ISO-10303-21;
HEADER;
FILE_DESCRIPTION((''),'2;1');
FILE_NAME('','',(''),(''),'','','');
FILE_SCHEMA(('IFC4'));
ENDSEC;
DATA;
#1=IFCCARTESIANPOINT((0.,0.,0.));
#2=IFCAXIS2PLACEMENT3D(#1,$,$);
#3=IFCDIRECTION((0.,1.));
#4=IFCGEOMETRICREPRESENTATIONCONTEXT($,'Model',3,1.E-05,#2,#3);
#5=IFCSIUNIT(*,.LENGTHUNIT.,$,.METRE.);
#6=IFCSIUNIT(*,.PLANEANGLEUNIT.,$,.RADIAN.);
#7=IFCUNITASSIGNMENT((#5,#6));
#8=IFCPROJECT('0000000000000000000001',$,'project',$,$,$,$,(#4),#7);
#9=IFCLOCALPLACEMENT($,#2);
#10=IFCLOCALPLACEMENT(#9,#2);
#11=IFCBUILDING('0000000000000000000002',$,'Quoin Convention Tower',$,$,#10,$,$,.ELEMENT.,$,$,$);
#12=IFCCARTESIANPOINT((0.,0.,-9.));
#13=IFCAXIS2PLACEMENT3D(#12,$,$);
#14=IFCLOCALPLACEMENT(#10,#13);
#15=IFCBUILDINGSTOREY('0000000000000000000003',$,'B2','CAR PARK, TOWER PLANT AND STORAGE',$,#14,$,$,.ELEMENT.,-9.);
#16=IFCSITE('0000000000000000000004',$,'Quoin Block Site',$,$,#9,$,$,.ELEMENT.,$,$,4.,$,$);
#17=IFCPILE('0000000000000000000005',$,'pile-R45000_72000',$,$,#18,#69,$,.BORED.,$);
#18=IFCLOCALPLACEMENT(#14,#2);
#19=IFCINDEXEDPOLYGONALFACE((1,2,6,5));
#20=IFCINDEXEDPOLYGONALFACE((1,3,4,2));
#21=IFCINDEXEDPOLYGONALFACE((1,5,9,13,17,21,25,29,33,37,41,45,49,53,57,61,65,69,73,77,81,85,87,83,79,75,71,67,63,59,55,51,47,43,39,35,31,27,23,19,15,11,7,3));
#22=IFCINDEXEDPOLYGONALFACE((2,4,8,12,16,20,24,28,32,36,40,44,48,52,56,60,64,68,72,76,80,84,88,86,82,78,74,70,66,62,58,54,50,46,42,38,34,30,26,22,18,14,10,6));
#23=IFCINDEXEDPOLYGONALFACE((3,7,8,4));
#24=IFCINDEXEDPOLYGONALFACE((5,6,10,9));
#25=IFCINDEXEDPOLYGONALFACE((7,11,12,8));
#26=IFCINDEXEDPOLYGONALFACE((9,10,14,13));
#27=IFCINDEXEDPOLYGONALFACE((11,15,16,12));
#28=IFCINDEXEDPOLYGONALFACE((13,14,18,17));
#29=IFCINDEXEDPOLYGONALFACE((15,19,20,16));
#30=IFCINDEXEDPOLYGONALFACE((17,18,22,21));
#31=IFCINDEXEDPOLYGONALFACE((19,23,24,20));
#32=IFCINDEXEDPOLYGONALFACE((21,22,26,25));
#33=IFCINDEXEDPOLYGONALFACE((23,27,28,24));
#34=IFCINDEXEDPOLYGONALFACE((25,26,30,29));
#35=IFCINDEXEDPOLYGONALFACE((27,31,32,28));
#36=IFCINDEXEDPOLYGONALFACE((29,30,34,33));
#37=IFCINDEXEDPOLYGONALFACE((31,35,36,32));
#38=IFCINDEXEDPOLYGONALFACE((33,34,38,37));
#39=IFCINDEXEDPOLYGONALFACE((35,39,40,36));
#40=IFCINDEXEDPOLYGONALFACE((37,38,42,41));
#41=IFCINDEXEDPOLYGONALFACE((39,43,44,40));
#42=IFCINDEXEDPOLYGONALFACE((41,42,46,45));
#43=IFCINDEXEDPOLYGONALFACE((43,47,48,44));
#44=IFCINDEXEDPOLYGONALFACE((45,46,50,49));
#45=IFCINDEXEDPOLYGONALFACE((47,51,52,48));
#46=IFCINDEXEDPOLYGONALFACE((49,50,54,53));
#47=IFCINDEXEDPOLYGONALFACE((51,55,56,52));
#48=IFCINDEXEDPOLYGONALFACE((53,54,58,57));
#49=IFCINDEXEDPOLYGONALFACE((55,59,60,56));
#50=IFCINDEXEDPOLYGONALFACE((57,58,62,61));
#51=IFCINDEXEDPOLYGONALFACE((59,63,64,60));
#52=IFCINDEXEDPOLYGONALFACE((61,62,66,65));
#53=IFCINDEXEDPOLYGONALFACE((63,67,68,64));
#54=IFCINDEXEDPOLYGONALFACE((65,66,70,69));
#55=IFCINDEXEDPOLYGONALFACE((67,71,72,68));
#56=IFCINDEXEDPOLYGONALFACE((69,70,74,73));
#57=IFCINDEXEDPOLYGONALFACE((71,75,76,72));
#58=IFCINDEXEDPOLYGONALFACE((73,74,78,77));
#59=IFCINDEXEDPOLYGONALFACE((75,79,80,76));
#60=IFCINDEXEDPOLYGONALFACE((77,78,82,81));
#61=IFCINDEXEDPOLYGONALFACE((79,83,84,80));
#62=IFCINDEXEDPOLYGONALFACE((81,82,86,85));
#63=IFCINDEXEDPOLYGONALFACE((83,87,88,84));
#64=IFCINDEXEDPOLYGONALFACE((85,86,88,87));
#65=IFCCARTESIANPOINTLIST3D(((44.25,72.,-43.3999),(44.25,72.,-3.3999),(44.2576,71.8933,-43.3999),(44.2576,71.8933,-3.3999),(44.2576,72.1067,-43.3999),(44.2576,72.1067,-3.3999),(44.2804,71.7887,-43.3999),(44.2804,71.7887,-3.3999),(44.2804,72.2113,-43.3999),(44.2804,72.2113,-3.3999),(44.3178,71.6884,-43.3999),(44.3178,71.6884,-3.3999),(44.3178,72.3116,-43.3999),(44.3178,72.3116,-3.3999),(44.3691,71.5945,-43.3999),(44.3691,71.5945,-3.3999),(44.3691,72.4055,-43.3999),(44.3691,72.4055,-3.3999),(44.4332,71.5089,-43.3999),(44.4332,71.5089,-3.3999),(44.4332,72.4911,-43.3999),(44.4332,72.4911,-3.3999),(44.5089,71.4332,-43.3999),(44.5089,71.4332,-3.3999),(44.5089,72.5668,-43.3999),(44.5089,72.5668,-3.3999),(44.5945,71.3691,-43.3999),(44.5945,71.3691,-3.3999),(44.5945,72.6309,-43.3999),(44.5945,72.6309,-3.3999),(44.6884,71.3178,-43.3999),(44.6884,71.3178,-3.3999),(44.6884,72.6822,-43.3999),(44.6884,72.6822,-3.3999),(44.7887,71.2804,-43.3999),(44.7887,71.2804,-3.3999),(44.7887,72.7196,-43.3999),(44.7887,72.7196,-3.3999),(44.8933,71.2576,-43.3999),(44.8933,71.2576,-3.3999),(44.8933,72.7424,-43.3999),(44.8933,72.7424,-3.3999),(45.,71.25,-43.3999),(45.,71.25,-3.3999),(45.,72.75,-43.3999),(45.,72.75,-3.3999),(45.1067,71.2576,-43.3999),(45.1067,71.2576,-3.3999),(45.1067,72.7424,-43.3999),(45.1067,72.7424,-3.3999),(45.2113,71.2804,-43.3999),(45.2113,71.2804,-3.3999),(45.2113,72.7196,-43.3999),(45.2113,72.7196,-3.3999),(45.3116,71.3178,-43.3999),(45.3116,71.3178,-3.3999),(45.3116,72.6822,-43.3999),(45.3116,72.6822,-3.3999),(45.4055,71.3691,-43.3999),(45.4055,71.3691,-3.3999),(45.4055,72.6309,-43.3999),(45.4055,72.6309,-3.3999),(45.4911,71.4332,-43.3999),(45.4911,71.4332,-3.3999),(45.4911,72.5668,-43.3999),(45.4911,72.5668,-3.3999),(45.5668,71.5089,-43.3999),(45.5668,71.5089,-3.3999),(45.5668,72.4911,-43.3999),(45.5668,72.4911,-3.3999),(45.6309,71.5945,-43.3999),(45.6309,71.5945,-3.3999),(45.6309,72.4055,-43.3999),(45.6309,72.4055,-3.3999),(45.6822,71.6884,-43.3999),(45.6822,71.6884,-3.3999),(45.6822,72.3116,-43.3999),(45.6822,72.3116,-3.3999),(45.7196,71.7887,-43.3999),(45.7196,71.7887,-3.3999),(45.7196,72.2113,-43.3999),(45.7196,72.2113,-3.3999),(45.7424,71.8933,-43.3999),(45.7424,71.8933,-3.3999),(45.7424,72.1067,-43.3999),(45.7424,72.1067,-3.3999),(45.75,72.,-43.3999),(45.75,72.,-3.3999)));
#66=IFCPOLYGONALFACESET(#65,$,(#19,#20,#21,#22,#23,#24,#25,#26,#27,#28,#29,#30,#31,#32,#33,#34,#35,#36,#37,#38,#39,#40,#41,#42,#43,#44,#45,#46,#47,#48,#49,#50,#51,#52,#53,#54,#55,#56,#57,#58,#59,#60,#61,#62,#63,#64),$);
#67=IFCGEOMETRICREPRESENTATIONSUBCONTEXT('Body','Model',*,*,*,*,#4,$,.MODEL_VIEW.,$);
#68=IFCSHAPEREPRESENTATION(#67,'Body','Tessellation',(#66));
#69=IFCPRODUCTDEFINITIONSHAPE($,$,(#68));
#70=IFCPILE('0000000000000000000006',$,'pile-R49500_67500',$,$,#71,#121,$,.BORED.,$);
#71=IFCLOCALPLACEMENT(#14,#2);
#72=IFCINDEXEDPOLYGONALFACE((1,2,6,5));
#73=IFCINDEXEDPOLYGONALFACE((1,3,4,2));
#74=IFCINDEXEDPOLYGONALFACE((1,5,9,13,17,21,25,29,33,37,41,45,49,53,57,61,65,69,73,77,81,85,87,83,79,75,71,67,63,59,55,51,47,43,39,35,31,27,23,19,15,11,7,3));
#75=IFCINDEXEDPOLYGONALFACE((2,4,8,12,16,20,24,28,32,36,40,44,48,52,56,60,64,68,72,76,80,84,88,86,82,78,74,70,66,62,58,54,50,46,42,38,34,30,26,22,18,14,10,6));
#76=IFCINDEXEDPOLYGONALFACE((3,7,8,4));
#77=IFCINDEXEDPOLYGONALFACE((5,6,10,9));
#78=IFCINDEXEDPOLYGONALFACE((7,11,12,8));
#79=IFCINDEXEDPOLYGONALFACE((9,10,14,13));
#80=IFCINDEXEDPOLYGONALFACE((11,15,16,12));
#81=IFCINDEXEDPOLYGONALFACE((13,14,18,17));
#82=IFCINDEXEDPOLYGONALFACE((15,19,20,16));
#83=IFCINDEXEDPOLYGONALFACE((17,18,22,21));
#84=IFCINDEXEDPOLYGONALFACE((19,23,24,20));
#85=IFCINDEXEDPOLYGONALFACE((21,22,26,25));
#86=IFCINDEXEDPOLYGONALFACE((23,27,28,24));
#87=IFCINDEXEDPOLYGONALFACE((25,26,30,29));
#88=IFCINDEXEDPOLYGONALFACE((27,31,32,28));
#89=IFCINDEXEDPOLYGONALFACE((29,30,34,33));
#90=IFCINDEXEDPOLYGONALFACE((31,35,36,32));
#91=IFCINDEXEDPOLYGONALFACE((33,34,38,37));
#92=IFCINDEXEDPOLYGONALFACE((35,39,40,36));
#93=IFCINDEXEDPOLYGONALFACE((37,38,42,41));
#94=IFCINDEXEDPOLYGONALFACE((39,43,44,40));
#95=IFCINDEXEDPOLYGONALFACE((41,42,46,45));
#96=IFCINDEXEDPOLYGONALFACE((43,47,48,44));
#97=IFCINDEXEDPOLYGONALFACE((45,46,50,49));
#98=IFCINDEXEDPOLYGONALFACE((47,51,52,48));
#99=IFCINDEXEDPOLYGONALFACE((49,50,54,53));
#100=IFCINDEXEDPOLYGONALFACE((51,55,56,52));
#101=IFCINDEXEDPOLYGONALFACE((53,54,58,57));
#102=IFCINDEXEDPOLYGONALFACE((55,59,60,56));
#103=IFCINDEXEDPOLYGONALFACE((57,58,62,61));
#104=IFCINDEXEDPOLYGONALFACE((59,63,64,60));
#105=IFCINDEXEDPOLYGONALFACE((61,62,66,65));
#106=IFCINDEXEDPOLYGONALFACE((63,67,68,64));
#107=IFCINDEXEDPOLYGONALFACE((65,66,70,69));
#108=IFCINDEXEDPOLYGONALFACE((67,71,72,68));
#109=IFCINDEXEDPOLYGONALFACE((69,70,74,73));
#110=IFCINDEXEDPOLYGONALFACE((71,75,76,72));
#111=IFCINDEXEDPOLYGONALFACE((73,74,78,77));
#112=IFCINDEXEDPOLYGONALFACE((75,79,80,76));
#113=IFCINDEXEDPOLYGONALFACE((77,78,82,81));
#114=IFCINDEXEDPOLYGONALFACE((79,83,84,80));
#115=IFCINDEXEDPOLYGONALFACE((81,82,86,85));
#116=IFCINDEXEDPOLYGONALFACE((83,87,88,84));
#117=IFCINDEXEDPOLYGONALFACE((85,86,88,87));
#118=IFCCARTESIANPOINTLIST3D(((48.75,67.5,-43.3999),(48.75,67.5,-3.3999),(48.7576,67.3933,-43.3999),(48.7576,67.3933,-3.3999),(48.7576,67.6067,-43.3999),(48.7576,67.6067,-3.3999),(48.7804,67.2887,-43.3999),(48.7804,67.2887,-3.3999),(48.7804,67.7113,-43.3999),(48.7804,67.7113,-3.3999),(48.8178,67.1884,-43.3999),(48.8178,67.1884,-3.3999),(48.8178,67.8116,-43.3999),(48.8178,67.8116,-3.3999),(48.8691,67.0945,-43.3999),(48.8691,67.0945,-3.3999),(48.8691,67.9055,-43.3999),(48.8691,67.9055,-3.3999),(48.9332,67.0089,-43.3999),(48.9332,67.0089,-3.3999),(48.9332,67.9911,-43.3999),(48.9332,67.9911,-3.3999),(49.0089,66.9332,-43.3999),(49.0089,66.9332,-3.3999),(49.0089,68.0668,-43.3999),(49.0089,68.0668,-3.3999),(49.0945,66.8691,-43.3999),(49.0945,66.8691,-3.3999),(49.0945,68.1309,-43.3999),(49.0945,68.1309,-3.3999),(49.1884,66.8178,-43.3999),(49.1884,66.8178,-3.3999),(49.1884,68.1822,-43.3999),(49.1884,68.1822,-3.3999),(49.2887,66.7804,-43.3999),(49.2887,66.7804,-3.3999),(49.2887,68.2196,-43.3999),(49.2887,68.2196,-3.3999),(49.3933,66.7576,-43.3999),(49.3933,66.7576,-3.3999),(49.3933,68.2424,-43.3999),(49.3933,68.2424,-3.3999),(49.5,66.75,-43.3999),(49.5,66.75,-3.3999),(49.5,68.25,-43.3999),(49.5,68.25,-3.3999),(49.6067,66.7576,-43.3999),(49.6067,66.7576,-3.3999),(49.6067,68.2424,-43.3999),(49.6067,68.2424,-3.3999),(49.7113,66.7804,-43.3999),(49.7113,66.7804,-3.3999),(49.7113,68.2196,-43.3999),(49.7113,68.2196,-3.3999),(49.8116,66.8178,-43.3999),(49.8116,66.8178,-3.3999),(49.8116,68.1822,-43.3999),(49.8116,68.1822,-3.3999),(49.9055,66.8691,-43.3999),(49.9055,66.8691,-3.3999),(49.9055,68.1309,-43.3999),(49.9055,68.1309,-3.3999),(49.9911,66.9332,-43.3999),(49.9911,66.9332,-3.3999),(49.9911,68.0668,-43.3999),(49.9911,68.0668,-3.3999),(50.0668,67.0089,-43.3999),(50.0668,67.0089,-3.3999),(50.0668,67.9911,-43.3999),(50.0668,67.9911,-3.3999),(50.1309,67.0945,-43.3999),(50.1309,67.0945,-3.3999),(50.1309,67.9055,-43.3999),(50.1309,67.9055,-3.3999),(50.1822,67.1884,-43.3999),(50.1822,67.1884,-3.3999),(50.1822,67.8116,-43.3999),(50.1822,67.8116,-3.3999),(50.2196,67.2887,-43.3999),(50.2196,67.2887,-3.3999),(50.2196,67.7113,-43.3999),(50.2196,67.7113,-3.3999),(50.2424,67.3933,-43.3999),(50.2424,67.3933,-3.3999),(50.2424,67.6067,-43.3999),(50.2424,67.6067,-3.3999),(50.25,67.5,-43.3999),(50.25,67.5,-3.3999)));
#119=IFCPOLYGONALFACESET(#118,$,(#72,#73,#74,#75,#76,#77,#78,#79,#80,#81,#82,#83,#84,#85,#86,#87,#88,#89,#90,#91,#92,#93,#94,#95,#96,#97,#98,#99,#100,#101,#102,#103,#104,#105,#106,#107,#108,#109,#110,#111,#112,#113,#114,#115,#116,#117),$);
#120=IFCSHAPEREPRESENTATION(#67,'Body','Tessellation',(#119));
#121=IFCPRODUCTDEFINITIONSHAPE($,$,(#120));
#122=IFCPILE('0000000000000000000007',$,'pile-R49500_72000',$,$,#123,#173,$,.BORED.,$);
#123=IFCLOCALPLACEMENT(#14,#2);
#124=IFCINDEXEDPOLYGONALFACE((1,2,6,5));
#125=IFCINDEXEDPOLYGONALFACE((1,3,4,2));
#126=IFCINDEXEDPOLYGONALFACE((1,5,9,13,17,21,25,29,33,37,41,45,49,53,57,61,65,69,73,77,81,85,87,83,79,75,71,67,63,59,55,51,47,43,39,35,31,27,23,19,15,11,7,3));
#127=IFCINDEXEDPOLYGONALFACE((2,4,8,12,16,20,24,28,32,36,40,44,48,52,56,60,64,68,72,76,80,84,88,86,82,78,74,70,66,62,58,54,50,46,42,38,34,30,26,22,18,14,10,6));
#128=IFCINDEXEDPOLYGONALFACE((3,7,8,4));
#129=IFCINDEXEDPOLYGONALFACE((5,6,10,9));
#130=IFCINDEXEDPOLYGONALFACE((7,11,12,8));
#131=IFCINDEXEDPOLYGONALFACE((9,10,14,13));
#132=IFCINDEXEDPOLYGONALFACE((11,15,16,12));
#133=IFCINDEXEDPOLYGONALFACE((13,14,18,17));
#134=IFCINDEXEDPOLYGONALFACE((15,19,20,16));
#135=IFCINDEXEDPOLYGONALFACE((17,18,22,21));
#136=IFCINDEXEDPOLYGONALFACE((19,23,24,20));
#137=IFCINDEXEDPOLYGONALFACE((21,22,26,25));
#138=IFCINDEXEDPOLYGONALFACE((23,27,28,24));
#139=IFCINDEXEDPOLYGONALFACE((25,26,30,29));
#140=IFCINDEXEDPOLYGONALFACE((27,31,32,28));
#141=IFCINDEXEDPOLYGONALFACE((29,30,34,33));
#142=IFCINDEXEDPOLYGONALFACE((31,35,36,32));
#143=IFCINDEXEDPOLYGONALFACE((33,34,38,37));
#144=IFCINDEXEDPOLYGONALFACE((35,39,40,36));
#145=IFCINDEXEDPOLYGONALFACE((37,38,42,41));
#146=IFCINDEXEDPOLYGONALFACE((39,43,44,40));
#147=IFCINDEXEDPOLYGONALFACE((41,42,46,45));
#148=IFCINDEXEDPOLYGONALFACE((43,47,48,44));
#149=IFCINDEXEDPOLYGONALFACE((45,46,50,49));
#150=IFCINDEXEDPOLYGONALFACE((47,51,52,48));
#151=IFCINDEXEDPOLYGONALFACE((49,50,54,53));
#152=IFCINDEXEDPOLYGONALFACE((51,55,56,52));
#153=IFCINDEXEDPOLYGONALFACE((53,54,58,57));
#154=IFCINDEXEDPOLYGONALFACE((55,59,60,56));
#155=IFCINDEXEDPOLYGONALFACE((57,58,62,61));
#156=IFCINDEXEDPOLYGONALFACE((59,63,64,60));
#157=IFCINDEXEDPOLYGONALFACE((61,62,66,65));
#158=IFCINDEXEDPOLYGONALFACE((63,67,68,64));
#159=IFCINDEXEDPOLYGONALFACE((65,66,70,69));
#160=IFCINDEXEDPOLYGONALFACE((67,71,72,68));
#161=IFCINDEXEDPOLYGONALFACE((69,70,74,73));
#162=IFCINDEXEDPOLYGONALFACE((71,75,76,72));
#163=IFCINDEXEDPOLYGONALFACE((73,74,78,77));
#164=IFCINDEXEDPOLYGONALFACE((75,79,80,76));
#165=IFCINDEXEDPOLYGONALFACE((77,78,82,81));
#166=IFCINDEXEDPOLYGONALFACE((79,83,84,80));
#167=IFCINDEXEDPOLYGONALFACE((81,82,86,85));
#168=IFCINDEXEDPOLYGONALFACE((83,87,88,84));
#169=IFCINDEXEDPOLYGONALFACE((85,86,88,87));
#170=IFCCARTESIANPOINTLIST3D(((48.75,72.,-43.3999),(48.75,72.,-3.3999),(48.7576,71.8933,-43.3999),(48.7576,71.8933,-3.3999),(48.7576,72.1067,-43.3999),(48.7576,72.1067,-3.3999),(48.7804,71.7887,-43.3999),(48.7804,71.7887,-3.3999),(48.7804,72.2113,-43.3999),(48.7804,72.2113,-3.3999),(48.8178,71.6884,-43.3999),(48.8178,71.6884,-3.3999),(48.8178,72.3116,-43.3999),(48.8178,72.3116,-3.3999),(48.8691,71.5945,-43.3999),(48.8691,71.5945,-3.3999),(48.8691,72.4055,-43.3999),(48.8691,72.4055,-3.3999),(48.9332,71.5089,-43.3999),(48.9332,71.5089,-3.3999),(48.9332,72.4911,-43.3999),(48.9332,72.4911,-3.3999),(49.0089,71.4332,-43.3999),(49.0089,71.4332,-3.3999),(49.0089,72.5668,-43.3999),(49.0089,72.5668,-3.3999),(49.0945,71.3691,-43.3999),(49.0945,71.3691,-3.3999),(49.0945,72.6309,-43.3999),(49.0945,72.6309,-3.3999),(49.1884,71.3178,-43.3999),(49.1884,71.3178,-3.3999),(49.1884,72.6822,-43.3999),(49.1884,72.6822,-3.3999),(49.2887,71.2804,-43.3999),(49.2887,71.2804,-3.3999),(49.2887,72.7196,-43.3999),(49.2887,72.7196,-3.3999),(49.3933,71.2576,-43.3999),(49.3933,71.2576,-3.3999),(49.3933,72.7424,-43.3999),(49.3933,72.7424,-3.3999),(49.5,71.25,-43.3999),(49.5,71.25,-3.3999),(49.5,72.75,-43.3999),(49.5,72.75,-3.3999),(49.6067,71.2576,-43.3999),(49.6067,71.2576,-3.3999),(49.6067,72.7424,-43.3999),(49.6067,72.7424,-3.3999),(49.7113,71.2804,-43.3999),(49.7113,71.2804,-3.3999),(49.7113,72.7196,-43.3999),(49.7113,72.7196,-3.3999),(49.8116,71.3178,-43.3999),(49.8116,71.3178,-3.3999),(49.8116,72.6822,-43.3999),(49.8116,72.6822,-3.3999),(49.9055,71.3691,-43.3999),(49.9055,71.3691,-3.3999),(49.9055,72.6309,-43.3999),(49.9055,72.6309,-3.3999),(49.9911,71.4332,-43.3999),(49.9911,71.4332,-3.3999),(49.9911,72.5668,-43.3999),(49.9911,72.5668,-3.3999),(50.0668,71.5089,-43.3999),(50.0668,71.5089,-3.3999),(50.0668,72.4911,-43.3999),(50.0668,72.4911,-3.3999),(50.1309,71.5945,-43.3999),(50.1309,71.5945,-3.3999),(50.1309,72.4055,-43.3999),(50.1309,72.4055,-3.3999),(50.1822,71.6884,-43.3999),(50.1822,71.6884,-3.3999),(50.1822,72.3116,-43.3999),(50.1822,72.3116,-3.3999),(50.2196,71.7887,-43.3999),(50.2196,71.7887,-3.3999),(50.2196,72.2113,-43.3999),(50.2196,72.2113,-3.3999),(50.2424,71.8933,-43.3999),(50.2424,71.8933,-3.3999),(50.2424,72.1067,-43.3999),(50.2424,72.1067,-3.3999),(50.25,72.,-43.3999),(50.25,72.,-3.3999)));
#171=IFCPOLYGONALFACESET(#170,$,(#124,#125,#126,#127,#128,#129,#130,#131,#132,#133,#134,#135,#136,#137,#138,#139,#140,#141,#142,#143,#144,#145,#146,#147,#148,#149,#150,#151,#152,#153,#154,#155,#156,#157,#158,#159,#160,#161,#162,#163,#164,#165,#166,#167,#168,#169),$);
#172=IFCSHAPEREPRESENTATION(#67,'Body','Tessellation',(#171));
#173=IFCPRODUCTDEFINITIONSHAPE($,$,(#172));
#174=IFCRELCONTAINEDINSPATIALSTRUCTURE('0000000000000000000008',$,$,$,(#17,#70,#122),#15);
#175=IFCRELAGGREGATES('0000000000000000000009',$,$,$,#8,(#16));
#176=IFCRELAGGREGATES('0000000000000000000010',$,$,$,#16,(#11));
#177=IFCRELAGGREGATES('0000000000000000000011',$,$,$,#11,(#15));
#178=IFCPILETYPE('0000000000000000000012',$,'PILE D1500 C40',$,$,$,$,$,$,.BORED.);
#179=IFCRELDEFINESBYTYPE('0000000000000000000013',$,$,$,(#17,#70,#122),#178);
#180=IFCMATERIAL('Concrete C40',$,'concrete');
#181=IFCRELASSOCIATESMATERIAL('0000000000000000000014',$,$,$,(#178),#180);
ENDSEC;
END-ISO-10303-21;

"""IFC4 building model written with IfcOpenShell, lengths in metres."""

from ifc_helpers import new_model, si_unit, direction, frame, origin, origin_2d, place, context, subcontext, project, spatial, circle, extrude, material, material_profile, profile_set, type_object, element, save


model = new_model("IFC4")

# Units and contexts
model_context = context("Model", 3, precision=1e-05, world=origin(), true_north=direction((0.0, 1.0)))
body_context = subcontext(model_context, "Body", "Model", "MODEL_VIEW")
ifc_project = project(units=[si_unit("LENGTHUNIT", "METRE"), si_unit("PLANEANGLEUNIT", "RADIAN")], contexts=[model_context])

# Site, building, storey
site_placement = place(None, origin())
site = spatial("IfcSite", under=ifc_project, at=site_placement, Name="Quoin Block Site", CompositionType="ELEMENT", RefElevation=4.0)
building_placement = place(site_placement, origin())
building = spatial("IfcBuilding", under=site, at=building_placement, Name="Quoin Convention Tower", CompositionType="ELEMENT")
storey_placement = place(building_placement, frame((0.0, 0.0, -9.0)))
storey = spatial("IfcBuildingStorey", under=building, at=storey_placement, Name="B2", Description="CAR PARK, TOWER PLANT AND STORAGE", CompositionType="ELEMENT", Elevation=-9.0)

# Piles
ifc_material_1 = material(Name="Concrete C40", Category="concrete")
ifc_material_profile = material_profile(ifc_material_1, circle(Radius=0.75, at=origin_2d()), Name="D1500")
ifc_profile_set = profile_set([ifc_material_profile], Name="Concrete C40")
pile_type = type_object("IfcPileType", Name="PILE D1500 C40", PredefinedType="BORED", material=ifc_profile_set)
for number, where, z_axis, x_axis, name in (
    (1, (45.0, 72.0, -3.3999), (0.0, 0.0, -1.0), (1.0, 0.0, 0.0), "pile-R45000_72000"),
    (2, (49.5, 67.5, -3.3999), (0.0, 0.0, -1.0), (1.0, 0.0, 0.0), "pile-R49500_67500"),
    (3, (49.5, 72.0, -3.3999), (0.0, 0.0, -1.0), (1.0, 0.0, 0.0), "pile-R49500_72000"),
):
    element("IfcPile", number, at=place(storey_placement, frame(where, z_axis=z_axis, x_axis=x_axis)), inside=storey, type_object=pile_type, Name=name, PredefinedType="BORED", context=body_context, shape_type="SweptSolid", body=[
        extrude(circle(Radius=0.75, at=origin_2d()), origin(), (0.0, 0.0, 1.0), 40.0),
    ])

save(model, "model.ifc")
